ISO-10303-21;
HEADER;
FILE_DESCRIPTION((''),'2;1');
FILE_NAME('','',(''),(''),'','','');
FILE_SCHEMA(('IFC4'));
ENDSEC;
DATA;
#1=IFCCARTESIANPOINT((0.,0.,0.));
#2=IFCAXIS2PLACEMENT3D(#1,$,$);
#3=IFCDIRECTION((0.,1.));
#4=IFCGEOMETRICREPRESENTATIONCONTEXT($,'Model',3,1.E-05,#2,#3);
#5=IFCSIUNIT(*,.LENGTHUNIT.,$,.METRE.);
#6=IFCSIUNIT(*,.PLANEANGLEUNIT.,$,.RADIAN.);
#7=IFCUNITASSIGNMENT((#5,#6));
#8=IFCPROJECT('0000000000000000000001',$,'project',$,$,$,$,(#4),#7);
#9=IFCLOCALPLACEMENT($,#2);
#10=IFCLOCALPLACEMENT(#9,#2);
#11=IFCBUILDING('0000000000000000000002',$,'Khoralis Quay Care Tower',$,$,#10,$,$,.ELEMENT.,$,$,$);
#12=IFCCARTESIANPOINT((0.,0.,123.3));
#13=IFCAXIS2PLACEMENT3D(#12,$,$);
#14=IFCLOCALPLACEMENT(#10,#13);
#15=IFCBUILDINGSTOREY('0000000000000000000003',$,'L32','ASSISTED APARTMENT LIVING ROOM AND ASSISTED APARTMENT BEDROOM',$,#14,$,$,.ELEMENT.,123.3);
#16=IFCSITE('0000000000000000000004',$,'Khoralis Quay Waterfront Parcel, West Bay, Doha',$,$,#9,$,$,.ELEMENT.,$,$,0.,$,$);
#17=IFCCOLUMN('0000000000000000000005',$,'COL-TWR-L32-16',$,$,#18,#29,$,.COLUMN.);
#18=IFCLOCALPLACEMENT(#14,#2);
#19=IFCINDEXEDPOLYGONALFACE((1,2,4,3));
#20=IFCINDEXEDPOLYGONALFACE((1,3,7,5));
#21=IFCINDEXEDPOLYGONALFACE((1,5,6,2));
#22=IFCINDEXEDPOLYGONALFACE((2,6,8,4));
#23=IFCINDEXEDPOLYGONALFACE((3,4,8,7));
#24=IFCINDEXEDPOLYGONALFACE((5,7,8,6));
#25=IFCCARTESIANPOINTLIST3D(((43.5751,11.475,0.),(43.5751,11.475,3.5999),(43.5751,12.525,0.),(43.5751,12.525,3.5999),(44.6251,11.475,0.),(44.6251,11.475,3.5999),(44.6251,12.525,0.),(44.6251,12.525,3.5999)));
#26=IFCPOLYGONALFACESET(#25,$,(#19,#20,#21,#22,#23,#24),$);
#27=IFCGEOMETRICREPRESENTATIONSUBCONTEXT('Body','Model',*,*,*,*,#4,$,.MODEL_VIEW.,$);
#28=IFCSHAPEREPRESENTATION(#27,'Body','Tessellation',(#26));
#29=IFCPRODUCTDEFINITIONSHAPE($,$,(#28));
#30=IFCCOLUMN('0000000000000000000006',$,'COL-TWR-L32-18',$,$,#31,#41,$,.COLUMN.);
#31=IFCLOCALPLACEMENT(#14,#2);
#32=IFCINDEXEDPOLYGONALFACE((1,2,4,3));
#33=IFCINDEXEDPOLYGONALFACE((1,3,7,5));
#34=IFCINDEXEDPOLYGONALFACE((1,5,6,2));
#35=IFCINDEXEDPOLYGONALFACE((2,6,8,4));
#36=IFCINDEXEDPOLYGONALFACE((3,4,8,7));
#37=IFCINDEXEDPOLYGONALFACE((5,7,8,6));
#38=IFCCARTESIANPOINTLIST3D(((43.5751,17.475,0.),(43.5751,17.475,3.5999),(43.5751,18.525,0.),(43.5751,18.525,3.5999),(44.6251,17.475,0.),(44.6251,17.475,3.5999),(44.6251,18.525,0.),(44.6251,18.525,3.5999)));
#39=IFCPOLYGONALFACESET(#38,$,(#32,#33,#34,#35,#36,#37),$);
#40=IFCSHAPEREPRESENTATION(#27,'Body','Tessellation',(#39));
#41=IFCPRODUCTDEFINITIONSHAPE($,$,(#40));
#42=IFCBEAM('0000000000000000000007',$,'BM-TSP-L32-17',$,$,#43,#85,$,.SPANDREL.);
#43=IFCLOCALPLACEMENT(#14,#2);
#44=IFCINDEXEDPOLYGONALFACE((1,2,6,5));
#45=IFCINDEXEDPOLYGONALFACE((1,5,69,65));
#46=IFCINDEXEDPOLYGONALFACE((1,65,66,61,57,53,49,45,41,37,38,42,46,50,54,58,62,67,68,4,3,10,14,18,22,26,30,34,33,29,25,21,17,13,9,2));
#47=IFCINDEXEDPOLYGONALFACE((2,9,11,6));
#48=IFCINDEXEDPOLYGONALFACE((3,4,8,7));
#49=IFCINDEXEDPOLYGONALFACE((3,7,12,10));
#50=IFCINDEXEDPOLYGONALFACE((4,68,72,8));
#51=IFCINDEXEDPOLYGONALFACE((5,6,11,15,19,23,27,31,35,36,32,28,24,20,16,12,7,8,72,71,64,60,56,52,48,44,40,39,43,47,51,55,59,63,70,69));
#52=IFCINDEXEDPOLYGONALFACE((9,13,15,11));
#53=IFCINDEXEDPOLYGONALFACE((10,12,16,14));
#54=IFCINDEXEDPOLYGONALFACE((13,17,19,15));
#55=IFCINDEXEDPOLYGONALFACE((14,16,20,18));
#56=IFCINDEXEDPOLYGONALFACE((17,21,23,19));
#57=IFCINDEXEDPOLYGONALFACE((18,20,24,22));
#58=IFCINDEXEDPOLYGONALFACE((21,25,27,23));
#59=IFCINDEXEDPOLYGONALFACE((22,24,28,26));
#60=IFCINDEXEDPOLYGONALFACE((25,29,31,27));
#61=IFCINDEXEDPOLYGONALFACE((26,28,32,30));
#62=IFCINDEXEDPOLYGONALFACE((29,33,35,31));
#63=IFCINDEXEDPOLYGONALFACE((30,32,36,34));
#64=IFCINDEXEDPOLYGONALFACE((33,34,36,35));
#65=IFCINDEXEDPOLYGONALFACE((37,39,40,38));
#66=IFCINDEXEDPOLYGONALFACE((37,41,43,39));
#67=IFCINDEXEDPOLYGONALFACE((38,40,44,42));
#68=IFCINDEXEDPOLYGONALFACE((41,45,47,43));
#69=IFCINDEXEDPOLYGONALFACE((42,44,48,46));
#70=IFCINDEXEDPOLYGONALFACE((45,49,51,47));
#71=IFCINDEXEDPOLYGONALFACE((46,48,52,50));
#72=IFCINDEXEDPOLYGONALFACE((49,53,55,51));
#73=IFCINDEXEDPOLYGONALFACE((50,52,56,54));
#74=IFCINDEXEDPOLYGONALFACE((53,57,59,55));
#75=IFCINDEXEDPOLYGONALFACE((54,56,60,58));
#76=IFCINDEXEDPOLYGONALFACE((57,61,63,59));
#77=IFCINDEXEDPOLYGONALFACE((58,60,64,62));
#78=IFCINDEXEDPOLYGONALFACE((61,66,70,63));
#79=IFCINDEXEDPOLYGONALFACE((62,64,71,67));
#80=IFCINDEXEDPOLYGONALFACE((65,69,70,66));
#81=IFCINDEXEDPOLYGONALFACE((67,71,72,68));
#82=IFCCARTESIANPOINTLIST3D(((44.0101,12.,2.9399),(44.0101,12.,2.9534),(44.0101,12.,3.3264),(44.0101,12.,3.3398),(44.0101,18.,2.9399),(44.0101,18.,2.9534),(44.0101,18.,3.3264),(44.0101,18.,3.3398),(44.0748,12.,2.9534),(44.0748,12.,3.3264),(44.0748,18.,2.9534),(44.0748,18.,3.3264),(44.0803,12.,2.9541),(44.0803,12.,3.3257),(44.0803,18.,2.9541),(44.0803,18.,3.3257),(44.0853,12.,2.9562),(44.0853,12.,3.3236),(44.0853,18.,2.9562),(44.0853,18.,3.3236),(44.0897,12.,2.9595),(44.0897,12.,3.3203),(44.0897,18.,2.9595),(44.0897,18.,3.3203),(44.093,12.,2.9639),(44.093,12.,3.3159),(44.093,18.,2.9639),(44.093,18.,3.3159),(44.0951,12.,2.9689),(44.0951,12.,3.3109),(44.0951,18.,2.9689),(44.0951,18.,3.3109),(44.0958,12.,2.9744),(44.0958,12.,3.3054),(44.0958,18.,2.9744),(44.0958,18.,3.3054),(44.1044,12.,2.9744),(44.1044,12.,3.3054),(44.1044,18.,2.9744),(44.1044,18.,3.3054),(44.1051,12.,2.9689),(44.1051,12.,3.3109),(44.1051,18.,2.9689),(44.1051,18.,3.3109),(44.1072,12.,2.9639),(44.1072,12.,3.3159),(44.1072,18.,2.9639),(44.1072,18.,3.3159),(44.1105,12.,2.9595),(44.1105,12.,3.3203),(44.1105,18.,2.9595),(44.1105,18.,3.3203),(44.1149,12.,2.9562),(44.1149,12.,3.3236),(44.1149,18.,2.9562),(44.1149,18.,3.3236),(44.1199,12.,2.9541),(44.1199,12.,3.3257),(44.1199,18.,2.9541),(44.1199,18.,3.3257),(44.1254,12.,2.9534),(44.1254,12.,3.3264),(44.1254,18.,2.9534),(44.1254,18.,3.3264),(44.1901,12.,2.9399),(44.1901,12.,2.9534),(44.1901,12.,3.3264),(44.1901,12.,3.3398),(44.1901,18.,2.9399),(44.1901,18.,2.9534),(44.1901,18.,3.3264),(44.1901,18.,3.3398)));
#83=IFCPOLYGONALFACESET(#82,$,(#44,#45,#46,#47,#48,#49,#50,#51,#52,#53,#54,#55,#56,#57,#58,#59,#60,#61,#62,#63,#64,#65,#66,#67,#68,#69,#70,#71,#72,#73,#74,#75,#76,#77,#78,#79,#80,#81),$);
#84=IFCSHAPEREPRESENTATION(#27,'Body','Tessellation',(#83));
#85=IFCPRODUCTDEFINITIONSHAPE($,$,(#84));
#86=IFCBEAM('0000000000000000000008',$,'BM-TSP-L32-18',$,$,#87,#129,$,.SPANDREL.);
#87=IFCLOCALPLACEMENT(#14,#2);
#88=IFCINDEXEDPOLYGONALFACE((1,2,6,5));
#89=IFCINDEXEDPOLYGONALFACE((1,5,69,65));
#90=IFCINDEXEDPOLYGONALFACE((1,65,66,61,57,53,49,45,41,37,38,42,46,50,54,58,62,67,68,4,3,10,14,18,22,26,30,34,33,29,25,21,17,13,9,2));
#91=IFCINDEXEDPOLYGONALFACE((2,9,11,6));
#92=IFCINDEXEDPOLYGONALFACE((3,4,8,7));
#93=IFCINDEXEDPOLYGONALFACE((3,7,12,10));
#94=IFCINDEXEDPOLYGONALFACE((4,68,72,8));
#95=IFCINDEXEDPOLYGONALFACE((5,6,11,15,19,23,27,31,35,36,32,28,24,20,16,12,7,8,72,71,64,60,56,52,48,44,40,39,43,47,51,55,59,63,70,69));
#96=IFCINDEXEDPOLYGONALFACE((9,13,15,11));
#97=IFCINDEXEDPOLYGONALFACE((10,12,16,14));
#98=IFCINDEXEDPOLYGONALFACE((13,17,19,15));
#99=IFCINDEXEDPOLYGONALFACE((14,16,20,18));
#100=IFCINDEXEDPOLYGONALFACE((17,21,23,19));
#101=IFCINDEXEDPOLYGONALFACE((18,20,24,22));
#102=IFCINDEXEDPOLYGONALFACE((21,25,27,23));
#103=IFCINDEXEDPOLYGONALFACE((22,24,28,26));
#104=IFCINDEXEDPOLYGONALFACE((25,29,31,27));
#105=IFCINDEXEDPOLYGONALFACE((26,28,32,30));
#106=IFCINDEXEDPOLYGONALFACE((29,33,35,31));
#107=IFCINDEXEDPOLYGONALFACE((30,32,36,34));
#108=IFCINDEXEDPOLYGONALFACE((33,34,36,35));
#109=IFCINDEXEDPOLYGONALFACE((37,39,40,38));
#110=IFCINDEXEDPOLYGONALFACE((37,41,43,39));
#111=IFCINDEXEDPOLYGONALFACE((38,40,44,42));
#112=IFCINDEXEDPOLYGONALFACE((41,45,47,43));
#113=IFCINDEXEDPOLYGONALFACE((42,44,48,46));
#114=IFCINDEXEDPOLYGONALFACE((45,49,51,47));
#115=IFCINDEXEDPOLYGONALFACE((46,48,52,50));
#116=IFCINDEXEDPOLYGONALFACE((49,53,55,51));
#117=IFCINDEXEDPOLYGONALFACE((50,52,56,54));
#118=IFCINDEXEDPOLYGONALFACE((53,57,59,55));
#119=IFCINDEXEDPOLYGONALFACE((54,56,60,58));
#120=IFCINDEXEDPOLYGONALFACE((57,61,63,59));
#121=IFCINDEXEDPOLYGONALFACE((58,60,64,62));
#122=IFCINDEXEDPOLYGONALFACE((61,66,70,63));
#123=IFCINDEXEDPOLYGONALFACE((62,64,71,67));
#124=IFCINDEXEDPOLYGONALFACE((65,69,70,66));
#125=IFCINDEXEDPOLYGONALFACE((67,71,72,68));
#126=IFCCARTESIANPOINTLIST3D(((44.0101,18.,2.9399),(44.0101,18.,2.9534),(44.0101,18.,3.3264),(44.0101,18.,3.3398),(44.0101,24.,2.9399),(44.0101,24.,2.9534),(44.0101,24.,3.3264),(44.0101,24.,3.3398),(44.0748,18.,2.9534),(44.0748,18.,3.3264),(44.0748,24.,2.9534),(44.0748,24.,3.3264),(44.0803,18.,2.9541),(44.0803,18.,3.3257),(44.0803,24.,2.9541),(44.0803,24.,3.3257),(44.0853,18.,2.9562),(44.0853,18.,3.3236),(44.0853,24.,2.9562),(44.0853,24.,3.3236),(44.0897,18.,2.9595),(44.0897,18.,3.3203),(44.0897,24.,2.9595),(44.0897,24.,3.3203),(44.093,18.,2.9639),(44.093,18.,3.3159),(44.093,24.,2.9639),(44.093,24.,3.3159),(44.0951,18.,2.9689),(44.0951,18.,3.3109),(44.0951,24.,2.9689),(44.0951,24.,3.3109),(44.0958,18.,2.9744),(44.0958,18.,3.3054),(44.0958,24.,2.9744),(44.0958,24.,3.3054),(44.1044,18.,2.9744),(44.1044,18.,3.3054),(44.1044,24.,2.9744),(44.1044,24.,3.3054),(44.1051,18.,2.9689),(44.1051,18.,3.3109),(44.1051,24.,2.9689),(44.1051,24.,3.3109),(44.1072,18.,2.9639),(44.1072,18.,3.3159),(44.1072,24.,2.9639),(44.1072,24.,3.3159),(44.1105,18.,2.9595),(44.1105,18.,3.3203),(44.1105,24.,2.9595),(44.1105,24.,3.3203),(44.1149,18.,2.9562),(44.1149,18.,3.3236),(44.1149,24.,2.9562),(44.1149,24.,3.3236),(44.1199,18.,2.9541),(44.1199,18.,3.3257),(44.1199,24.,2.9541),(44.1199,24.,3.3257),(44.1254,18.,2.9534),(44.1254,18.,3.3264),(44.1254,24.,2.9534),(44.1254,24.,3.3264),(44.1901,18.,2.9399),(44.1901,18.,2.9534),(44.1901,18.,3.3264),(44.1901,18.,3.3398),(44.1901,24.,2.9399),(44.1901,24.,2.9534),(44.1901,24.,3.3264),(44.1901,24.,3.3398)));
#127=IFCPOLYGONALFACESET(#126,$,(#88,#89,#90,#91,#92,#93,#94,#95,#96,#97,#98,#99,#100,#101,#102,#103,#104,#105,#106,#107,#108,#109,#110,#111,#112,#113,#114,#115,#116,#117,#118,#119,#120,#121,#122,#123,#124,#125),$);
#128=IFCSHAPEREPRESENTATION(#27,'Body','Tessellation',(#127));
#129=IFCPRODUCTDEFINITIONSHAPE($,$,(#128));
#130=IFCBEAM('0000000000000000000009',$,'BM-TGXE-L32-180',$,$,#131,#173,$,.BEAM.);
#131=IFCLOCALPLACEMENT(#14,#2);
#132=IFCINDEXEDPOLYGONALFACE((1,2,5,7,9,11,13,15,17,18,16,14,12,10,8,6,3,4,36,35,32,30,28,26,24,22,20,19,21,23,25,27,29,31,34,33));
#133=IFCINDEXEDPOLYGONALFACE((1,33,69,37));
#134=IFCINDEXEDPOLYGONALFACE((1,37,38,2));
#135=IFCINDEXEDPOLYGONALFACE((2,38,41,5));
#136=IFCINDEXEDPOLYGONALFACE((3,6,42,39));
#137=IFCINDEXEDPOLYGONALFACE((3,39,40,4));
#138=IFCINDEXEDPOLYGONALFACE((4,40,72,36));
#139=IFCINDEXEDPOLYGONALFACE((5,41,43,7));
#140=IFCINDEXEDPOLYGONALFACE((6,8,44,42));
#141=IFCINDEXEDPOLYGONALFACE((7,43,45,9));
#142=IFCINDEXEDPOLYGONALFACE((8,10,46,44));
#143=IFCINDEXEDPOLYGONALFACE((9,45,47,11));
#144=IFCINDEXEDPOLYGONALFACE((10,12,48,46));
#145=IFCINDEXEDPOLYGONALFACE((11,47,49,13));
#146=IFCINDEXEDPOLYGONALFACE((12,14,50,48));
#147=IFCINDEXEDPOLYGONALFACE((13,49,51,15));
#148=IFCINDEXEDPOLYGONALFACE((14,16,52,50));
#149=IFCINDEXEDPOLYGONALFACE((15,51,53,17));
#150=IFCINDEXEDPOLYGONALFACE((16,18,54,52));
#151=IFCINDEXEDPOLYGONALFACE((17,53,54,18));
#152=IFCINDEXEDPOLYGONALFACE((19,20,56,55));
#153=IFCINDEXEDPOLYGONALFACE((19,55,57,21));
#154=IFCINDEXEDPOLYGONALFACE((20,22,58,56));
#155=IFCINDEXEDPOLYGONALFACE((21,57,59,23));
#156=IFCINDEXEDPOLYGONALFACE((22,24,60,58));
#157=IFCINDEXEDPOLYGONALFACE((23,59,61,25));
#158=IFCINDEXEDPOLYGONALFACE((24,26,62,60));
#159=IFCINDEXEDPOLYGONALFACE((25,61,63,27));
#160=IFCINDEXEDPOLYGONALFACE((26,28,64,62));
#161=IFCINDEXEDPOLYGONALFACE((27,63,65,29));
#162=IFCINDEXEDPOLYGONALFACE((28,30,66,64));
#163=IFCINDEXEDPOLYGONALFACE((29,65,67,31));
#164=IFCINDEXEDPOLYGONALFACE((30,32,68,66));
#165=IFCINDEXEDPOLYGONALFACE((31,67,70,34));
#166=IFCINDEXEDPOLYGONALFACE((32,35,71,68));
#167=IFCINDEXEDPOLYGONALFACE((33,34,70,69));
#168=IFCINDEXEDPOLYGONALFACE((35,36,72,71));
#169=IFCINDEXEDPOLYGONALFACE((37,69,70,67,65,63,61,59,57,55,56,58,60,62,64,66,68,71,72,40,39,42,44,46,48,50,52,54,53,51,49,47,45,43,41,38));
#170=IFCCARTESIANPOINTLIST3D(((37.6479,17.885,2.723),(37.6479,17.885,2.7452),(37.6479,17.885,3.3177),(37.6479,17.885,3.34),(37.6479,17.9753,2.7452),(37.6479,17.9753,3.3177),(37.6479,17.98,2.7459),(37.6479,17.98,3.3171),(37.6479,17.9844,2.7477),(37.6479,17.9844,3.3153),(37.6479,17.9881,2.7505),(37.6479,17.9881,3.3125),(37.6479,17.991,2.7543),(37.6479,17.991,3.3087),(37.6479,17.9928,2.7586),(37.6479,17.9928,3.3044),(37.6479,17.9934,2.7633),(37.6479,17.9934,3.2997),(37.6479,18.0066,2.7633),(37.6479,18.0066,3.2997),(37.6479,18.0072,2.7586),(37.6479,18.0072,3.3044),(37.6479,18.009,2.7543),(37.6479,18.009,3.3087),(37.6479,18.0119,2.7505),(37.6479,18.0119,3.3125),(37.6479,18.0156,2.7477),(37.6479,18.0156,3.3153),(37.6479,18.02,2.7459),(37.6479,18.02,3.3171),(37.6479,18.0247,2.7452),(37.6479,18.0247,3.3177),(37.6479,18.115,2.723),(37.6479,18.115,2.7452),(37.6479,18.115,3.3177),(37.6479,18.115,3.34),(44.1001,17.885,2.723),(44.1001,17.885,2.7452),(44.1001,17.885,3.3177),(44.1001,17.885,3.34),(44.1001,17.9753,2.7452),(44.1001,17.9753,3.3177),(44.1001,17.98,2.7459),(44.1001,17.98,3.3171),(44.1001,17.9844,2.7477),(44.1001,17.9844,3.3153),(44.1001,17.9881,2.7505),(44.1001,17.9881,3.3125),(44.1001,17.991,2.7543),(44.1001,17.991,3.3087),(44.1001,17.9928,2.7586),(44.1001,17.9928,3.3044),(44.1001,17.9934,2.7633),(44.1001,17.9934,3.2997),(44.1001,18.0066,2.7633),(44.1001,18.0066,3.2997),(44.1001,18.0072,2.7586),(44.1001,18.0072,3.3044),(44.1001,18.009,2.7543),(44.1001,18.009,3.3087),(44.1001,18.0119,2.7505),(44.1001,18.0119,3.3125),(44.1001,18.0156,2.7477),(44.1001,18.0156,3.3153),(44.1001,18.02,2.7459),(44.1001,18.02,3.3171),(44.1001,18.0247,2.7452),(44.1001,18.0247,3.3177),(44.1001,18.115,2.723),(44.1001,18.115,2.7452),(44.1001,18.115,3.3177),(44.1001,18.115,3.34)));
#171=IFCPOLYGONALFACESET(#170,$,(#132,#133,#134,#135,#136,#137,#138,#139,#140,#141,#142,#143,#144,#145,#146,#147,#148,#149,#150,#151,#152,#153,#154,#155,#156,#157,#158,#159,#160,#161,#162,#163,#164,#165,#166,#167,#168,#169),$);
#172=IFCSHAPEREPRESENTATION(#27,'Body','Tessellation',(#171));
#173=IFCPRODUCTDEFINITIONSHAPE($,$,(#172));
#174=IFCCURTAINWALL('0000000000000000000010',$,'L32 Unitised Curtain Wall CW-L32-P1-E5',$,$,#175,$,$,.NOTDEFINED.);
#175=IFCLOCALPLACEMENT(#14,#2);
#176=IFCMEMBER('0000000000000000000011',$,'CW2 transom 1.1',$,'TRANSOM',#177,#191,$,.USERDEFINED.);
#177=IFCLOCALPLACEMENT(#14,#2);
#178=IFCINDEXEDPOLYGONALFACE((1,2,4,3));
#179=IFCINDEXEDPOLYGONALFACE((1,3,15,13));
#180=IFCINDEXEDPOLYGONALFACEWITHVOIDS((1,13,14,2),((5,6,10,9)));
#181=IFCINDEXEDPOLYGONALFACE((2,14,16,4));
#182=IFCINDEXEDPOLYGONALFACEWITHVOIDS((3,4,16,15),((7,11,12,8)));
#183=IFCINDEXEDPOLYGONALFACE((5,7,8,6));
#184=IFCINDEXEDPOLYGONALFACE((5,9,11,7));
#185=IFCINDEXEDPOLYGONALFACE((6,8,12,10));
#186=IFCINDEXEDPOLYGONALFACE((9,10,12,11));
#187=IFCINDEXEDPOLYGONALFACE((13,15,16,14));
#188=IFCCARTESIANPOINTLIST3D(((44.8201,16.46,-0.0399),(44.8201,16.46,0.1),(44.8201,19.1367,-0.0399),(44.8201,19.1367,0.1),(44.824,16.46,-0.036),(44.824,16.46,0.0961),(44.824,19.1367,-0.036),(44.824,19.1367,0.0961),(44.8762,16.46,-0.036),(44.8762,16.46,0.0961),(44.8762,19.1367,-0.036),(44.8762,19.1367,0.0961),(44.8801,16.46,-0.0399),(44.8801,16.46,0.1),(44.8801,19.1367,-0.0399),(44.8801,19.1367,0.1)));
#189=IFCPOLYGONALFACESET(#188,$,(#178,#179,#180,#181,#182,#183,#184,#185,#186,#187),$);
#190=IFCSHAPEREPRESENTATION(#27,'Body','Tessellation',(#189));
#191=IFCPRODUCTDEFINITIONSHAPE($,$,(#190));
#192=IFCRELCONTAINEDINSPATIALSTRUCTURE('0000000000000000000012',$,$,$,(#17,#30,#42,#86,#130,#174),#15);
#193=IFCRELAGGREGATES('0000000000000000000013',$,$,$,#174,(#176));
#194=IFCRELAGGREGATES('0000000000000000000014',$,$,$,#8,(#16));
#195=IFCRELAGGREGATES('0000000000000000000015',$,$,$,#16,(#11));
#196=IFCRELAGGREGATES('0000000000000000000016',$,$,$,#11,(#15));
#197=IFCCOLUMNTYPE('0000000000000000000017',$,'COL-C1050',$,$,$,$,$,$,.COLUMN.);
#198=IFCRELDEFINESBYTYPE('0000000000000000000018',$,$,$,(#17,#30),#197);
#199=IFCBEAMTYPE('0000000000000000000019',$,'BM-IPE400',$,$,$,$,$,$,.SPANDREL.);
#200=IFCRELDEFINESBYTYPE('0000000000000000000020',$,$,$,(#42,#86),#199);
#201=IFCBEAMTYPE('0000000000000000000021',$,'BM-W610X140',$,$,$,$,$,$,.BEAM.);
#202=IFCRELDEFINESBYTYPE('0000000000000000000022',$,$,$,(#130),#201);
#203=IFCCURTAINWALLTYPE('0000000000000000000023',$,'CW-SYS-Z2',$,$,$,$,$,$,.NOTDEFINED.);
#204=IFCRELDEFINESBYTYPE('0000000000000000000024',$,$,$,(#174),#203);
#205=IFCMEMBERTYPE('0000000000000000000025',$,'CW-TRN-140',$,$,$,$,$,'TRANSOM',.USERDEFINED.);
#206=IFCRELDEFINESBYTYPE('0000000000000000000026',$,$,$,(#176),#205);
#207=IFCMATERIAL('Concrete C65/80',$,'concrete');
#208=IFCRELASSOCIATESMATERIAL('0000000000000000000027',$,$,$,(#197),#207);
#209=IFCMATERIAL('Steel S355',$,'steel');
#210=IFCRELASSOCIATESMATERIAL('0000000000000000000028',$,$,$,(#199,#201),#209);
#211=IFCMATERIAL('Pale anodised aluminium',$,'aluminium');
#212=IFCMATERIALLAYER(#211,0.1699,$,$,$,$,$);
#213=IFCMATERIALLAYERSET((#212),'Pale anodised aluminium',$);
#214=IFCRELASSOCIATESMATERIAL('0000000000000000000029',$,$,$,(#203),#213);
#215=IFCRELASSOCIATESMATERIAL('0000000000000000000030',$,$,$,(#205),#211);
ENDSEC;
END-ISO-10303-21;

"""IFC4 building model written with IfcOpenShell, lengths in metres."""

from ifc_helpers import new_model, si_unit, direction, frame, origin, origin_2d, place, context, subcontext, project, spatial, rectangle, hollow_rectangle, i_section, extrude, source, transform, mapped, material, layer, layer_set, material_profile, profile_set, type_object, element, aggregate, save


model = new_model("IFC4")

# Units and contexts
model_context = context("Model", 3, precision=1e-05, world=origin(), true_north=direction((0.0, 1.0)))
body_context = subcontext(model_context, "Body", "Model", "MODEL_VIEW")
ifc_project = project(units=[si_unit("LENGTHUNIT", "METRE"), si_unit("PLANEANGLEUNIT", "RADIAN")], contexts=[model_context])

# Site, building, storey
site_placement = place(None, origin())
site = spatial("IfcSite", under=ifc_project, at=site_placement, Name="Khoralis Quay Waterfront Parcel, West Bay, Doha", CompositionType="ELEMENT", RefElevation=0.0)
building_placement = place(site_placement, origin())
building = spatial("IfcBuilding", under=site, at=building_placement, Name="Khoralis Quay Care Tower", CompositionType="ELEMENT")
storey_placement = place(building_placement, frame((0.0, 0.0, 123.3)))
storey = spatial("IfcBuildingStorey", under=building, at=storey_placement, Name="L32", Description="ASSISTED APARTMENT LIVING ROOM AND ASSISTED APARTMENT BEDROOM", CompositionType="ELEMENT", Elevation=123.3)

# Columns
ifc_material_1 = material(Name="Concrete C65/80", Category="concrete")
ifc_material_profile_1 = material_profile(ifc_material_1, rectangle(XDim=1.05, YDim=1.05, at=origin_2d()), Name="Concrete C65/80")
ifc_profile_set_1 = profile_set([ifc_material_profile_1], Name="Concrete C65/80")
column_type = type_object("IfcColumnType", Name="COL-C1050", PredefinedType="COLUMN", material=ifc_profile_set_1)
shared_shape_1 = source(origin(), body_context, "Body", "SweptSolid", [
    extrude(rectangle(XDim=1.05, YDim=1.05, at=origin_2d()), origin(), (0.0, 0.0, 1.0), 3.5999),
])
for number, where, z_axis, x_axis, name in (
    (1, (44.1001, 12.0, 0.0), (0.0, 0.0, 1.0), (1.0, 0.0, 0.0), "COL-TWR-L32-16"),
    (2, (44.1001, 18.0, 0.0), (0.0, 0.0, 1.0), (1.0, 0.0, 0.0), "COL-TWR-L32-18"),
):
    element("IfcColumn", number, at=place(storey_placement, frame(where, z_axis=z_axis, x_axis=x_axis)), inside=storey, type_object=column_type, Name=name, PredefinedType="COLUMN", context=body_context, shape_type="MappedRepresentation", body=[
        mapped(shared_shape_1, transform((0.0, 0.0, 0.0), scale=1.0)),
    ])

# Beams
ifc_material_2 = material(Name="Steel S355", Category="steel")
ifc_material_profile_2 = material_profile(ifc_material_2, i_section(OverallWidth=0.1799, OverallDepth=0.3999, WebThickness=0.0085, FlangeThickness=0.0134, FilletRadius=0.021, at=origin_2d()), Name="Steel S355")
ifc_profile_set_2 = profile_set([ifc_material_profile_2], Name="Steel S355")
beam_type_1 = type_object("IfcBeamType", Name="BM-IPE400", PredefinedType="SPANDREL", material=ifc_profile_set_2)
shared_shape_2 = source(origin(), body_context, "Body", "SweptSolid", [
    extrude(i_section(OverallWidth=0.1799, OverallDepth=0.3999, WebThickness=0.0085, FlangeThickness=0.0134, FilletRadius=0.021, at=origin_2d()), origin(), (0.0, 0.0, 1.0), 6.0),
])
for number, where, z_axis, x_axis, name in (
    (3, (44.1001, 12.0, 3.1399), (0.0, 1.0, 0.0), (-1.0, 0.0, 0.0), "BM-TSP-L32-17"),
    (4, (44.1001, 18.0, 3.1399), (0.0, 1.0, 0.0), (-1.0, 0.0, 0.0), "BM-TSP-L32-18"),
):
    element("IfcBeam", number, at=place(storey_placement, frame(where, z_axis=z_axis, x_axis=x_axis)), inside=storey, type_object=beam_type_1, Name=name, PredefinedType="SPANDREL", context=body_context, shape_type="MappedRepresentation", body=[
        mapped(shared_shape_2, transform((0.0, 0.0, 0.0), scale=1.0)),
    ])
ifc_material_profile_3 = material_profile(ifc_material_2, i_section(OverallWidth=0.23, OverallDepth=0.6169, WebThickness=0.0132, FlangeThickness=0.0222, FilletRadius=0.0181, at=origin_2d()), Name="Steel S355")
ifc_profile_set_3 = profile_set([ifc_material_profile_3], Name="Steel S355")
beam_type_2 = type_object("IfcBeamType", Name="BM-W610X140", PredefinedType="BEAM", material=ifc_profile_set_3)
shared_shape_3 = source(origin(), body_context, "Body", "SweptSolid", [
    extrude(i_section(OverallWidth=0.23, OverallDepth=0.6169, WebThickness=0.0132, FlangeThickness=0.0222, FilletRadius=0.0181, at=origin_2d()), origin(), (0.0, 0.0, 1.0), 6.4521),
])
beam_placement = place(storey_placement, frame((37.6479, 18.0, 3.0315), z_axis=(1.0, 0.0, 0.0), x_axis=(0.0, 1.0, 0.0)))
element("IfcBeam", 5, at=beam_placement, inside=storey, type_object=beam_type_2, Name="BM-TGXE-L32-180", PredefinedType="BEAM", context=body_context, shape_type="MappedRepresentation", body=[
    mapped(shared_shape_3, transform((0.0, 0.0, 0.0), scale=1.0)),
])

# Curtain wall, member
ifc_material_3 = material(Name="Pale anodised aluminium", Category="aluminium")
ifc_layer_1 = layer(ifc_material_3, 0.1699)
ifc_layer_set_1 = layer_set([ifc_layer_1], Name="Pale anodised aluminium")
curtain_wall_type = type_object("IfcCurtainWallType", Name="CW-SYS-Z2", PredefinedType="NOTDEFINED", material=ifc_layer_set_1)
curtain_wall_placement = place(storey_placement, origin())
curtain_wall = element("IfcCurtainWall", 6, at=curtain_wall_placement, inside=storey, type_object=curtain_wall_type, Name="L32 Unitised Curtain Wall CW-L32-P1-E5", PredefinedType="NOTDEFINED")
ifc_material_profile_4 = material_profile(ifc_material_3, hollow_rectangle(XDim=0.0601, YDim=0.1399, WallThickness=0.0039, at=origin_2d()), Name="Pale anodised aluminium")
ifc_profile_set_4 = profile_set([ifc_material_profile_4], Name="Pale anodised aluminium")
member_type_1 = type_object("IfcMemberType", Name="CW-TRN-140", ElementType="TRANSOM", PredefinedType="USERDEFINED", material=ifc_profile_set_4)
shared_shape_4 = source(origin(), body_context, "Body", "SweptSolid", [
    extrude(hollow_rectangle(XDim=0.0601, YDim=0.1399, WallThickness=0.0039, at=origin_2d()), origin(), (0.0, 0.0, 1.0), 2.6768),
])
member_1_placement = place(storey_placement, frame((44.8501, 16.46, 0.03), z_axis=(0.0, 1.0, 0.0), x_axis=(-1.0, 0.0, 0.0)))
member_1 = element("IfcMember", 7, at=member_1_placement, type_object=member_type_1, Name="CW2 transom 1.1", ObjectType="TRANSOM", PredefinedType="USERDEFINED", context=body_context, shape_type="MappedRepresentation", body=[
    mapped(shared_shape_4, transform((0.0, 0.0, 0.0), scale=1.0)),
])
aggregate(curtain_wall, [member_1])

save(model, "model.ifc")
